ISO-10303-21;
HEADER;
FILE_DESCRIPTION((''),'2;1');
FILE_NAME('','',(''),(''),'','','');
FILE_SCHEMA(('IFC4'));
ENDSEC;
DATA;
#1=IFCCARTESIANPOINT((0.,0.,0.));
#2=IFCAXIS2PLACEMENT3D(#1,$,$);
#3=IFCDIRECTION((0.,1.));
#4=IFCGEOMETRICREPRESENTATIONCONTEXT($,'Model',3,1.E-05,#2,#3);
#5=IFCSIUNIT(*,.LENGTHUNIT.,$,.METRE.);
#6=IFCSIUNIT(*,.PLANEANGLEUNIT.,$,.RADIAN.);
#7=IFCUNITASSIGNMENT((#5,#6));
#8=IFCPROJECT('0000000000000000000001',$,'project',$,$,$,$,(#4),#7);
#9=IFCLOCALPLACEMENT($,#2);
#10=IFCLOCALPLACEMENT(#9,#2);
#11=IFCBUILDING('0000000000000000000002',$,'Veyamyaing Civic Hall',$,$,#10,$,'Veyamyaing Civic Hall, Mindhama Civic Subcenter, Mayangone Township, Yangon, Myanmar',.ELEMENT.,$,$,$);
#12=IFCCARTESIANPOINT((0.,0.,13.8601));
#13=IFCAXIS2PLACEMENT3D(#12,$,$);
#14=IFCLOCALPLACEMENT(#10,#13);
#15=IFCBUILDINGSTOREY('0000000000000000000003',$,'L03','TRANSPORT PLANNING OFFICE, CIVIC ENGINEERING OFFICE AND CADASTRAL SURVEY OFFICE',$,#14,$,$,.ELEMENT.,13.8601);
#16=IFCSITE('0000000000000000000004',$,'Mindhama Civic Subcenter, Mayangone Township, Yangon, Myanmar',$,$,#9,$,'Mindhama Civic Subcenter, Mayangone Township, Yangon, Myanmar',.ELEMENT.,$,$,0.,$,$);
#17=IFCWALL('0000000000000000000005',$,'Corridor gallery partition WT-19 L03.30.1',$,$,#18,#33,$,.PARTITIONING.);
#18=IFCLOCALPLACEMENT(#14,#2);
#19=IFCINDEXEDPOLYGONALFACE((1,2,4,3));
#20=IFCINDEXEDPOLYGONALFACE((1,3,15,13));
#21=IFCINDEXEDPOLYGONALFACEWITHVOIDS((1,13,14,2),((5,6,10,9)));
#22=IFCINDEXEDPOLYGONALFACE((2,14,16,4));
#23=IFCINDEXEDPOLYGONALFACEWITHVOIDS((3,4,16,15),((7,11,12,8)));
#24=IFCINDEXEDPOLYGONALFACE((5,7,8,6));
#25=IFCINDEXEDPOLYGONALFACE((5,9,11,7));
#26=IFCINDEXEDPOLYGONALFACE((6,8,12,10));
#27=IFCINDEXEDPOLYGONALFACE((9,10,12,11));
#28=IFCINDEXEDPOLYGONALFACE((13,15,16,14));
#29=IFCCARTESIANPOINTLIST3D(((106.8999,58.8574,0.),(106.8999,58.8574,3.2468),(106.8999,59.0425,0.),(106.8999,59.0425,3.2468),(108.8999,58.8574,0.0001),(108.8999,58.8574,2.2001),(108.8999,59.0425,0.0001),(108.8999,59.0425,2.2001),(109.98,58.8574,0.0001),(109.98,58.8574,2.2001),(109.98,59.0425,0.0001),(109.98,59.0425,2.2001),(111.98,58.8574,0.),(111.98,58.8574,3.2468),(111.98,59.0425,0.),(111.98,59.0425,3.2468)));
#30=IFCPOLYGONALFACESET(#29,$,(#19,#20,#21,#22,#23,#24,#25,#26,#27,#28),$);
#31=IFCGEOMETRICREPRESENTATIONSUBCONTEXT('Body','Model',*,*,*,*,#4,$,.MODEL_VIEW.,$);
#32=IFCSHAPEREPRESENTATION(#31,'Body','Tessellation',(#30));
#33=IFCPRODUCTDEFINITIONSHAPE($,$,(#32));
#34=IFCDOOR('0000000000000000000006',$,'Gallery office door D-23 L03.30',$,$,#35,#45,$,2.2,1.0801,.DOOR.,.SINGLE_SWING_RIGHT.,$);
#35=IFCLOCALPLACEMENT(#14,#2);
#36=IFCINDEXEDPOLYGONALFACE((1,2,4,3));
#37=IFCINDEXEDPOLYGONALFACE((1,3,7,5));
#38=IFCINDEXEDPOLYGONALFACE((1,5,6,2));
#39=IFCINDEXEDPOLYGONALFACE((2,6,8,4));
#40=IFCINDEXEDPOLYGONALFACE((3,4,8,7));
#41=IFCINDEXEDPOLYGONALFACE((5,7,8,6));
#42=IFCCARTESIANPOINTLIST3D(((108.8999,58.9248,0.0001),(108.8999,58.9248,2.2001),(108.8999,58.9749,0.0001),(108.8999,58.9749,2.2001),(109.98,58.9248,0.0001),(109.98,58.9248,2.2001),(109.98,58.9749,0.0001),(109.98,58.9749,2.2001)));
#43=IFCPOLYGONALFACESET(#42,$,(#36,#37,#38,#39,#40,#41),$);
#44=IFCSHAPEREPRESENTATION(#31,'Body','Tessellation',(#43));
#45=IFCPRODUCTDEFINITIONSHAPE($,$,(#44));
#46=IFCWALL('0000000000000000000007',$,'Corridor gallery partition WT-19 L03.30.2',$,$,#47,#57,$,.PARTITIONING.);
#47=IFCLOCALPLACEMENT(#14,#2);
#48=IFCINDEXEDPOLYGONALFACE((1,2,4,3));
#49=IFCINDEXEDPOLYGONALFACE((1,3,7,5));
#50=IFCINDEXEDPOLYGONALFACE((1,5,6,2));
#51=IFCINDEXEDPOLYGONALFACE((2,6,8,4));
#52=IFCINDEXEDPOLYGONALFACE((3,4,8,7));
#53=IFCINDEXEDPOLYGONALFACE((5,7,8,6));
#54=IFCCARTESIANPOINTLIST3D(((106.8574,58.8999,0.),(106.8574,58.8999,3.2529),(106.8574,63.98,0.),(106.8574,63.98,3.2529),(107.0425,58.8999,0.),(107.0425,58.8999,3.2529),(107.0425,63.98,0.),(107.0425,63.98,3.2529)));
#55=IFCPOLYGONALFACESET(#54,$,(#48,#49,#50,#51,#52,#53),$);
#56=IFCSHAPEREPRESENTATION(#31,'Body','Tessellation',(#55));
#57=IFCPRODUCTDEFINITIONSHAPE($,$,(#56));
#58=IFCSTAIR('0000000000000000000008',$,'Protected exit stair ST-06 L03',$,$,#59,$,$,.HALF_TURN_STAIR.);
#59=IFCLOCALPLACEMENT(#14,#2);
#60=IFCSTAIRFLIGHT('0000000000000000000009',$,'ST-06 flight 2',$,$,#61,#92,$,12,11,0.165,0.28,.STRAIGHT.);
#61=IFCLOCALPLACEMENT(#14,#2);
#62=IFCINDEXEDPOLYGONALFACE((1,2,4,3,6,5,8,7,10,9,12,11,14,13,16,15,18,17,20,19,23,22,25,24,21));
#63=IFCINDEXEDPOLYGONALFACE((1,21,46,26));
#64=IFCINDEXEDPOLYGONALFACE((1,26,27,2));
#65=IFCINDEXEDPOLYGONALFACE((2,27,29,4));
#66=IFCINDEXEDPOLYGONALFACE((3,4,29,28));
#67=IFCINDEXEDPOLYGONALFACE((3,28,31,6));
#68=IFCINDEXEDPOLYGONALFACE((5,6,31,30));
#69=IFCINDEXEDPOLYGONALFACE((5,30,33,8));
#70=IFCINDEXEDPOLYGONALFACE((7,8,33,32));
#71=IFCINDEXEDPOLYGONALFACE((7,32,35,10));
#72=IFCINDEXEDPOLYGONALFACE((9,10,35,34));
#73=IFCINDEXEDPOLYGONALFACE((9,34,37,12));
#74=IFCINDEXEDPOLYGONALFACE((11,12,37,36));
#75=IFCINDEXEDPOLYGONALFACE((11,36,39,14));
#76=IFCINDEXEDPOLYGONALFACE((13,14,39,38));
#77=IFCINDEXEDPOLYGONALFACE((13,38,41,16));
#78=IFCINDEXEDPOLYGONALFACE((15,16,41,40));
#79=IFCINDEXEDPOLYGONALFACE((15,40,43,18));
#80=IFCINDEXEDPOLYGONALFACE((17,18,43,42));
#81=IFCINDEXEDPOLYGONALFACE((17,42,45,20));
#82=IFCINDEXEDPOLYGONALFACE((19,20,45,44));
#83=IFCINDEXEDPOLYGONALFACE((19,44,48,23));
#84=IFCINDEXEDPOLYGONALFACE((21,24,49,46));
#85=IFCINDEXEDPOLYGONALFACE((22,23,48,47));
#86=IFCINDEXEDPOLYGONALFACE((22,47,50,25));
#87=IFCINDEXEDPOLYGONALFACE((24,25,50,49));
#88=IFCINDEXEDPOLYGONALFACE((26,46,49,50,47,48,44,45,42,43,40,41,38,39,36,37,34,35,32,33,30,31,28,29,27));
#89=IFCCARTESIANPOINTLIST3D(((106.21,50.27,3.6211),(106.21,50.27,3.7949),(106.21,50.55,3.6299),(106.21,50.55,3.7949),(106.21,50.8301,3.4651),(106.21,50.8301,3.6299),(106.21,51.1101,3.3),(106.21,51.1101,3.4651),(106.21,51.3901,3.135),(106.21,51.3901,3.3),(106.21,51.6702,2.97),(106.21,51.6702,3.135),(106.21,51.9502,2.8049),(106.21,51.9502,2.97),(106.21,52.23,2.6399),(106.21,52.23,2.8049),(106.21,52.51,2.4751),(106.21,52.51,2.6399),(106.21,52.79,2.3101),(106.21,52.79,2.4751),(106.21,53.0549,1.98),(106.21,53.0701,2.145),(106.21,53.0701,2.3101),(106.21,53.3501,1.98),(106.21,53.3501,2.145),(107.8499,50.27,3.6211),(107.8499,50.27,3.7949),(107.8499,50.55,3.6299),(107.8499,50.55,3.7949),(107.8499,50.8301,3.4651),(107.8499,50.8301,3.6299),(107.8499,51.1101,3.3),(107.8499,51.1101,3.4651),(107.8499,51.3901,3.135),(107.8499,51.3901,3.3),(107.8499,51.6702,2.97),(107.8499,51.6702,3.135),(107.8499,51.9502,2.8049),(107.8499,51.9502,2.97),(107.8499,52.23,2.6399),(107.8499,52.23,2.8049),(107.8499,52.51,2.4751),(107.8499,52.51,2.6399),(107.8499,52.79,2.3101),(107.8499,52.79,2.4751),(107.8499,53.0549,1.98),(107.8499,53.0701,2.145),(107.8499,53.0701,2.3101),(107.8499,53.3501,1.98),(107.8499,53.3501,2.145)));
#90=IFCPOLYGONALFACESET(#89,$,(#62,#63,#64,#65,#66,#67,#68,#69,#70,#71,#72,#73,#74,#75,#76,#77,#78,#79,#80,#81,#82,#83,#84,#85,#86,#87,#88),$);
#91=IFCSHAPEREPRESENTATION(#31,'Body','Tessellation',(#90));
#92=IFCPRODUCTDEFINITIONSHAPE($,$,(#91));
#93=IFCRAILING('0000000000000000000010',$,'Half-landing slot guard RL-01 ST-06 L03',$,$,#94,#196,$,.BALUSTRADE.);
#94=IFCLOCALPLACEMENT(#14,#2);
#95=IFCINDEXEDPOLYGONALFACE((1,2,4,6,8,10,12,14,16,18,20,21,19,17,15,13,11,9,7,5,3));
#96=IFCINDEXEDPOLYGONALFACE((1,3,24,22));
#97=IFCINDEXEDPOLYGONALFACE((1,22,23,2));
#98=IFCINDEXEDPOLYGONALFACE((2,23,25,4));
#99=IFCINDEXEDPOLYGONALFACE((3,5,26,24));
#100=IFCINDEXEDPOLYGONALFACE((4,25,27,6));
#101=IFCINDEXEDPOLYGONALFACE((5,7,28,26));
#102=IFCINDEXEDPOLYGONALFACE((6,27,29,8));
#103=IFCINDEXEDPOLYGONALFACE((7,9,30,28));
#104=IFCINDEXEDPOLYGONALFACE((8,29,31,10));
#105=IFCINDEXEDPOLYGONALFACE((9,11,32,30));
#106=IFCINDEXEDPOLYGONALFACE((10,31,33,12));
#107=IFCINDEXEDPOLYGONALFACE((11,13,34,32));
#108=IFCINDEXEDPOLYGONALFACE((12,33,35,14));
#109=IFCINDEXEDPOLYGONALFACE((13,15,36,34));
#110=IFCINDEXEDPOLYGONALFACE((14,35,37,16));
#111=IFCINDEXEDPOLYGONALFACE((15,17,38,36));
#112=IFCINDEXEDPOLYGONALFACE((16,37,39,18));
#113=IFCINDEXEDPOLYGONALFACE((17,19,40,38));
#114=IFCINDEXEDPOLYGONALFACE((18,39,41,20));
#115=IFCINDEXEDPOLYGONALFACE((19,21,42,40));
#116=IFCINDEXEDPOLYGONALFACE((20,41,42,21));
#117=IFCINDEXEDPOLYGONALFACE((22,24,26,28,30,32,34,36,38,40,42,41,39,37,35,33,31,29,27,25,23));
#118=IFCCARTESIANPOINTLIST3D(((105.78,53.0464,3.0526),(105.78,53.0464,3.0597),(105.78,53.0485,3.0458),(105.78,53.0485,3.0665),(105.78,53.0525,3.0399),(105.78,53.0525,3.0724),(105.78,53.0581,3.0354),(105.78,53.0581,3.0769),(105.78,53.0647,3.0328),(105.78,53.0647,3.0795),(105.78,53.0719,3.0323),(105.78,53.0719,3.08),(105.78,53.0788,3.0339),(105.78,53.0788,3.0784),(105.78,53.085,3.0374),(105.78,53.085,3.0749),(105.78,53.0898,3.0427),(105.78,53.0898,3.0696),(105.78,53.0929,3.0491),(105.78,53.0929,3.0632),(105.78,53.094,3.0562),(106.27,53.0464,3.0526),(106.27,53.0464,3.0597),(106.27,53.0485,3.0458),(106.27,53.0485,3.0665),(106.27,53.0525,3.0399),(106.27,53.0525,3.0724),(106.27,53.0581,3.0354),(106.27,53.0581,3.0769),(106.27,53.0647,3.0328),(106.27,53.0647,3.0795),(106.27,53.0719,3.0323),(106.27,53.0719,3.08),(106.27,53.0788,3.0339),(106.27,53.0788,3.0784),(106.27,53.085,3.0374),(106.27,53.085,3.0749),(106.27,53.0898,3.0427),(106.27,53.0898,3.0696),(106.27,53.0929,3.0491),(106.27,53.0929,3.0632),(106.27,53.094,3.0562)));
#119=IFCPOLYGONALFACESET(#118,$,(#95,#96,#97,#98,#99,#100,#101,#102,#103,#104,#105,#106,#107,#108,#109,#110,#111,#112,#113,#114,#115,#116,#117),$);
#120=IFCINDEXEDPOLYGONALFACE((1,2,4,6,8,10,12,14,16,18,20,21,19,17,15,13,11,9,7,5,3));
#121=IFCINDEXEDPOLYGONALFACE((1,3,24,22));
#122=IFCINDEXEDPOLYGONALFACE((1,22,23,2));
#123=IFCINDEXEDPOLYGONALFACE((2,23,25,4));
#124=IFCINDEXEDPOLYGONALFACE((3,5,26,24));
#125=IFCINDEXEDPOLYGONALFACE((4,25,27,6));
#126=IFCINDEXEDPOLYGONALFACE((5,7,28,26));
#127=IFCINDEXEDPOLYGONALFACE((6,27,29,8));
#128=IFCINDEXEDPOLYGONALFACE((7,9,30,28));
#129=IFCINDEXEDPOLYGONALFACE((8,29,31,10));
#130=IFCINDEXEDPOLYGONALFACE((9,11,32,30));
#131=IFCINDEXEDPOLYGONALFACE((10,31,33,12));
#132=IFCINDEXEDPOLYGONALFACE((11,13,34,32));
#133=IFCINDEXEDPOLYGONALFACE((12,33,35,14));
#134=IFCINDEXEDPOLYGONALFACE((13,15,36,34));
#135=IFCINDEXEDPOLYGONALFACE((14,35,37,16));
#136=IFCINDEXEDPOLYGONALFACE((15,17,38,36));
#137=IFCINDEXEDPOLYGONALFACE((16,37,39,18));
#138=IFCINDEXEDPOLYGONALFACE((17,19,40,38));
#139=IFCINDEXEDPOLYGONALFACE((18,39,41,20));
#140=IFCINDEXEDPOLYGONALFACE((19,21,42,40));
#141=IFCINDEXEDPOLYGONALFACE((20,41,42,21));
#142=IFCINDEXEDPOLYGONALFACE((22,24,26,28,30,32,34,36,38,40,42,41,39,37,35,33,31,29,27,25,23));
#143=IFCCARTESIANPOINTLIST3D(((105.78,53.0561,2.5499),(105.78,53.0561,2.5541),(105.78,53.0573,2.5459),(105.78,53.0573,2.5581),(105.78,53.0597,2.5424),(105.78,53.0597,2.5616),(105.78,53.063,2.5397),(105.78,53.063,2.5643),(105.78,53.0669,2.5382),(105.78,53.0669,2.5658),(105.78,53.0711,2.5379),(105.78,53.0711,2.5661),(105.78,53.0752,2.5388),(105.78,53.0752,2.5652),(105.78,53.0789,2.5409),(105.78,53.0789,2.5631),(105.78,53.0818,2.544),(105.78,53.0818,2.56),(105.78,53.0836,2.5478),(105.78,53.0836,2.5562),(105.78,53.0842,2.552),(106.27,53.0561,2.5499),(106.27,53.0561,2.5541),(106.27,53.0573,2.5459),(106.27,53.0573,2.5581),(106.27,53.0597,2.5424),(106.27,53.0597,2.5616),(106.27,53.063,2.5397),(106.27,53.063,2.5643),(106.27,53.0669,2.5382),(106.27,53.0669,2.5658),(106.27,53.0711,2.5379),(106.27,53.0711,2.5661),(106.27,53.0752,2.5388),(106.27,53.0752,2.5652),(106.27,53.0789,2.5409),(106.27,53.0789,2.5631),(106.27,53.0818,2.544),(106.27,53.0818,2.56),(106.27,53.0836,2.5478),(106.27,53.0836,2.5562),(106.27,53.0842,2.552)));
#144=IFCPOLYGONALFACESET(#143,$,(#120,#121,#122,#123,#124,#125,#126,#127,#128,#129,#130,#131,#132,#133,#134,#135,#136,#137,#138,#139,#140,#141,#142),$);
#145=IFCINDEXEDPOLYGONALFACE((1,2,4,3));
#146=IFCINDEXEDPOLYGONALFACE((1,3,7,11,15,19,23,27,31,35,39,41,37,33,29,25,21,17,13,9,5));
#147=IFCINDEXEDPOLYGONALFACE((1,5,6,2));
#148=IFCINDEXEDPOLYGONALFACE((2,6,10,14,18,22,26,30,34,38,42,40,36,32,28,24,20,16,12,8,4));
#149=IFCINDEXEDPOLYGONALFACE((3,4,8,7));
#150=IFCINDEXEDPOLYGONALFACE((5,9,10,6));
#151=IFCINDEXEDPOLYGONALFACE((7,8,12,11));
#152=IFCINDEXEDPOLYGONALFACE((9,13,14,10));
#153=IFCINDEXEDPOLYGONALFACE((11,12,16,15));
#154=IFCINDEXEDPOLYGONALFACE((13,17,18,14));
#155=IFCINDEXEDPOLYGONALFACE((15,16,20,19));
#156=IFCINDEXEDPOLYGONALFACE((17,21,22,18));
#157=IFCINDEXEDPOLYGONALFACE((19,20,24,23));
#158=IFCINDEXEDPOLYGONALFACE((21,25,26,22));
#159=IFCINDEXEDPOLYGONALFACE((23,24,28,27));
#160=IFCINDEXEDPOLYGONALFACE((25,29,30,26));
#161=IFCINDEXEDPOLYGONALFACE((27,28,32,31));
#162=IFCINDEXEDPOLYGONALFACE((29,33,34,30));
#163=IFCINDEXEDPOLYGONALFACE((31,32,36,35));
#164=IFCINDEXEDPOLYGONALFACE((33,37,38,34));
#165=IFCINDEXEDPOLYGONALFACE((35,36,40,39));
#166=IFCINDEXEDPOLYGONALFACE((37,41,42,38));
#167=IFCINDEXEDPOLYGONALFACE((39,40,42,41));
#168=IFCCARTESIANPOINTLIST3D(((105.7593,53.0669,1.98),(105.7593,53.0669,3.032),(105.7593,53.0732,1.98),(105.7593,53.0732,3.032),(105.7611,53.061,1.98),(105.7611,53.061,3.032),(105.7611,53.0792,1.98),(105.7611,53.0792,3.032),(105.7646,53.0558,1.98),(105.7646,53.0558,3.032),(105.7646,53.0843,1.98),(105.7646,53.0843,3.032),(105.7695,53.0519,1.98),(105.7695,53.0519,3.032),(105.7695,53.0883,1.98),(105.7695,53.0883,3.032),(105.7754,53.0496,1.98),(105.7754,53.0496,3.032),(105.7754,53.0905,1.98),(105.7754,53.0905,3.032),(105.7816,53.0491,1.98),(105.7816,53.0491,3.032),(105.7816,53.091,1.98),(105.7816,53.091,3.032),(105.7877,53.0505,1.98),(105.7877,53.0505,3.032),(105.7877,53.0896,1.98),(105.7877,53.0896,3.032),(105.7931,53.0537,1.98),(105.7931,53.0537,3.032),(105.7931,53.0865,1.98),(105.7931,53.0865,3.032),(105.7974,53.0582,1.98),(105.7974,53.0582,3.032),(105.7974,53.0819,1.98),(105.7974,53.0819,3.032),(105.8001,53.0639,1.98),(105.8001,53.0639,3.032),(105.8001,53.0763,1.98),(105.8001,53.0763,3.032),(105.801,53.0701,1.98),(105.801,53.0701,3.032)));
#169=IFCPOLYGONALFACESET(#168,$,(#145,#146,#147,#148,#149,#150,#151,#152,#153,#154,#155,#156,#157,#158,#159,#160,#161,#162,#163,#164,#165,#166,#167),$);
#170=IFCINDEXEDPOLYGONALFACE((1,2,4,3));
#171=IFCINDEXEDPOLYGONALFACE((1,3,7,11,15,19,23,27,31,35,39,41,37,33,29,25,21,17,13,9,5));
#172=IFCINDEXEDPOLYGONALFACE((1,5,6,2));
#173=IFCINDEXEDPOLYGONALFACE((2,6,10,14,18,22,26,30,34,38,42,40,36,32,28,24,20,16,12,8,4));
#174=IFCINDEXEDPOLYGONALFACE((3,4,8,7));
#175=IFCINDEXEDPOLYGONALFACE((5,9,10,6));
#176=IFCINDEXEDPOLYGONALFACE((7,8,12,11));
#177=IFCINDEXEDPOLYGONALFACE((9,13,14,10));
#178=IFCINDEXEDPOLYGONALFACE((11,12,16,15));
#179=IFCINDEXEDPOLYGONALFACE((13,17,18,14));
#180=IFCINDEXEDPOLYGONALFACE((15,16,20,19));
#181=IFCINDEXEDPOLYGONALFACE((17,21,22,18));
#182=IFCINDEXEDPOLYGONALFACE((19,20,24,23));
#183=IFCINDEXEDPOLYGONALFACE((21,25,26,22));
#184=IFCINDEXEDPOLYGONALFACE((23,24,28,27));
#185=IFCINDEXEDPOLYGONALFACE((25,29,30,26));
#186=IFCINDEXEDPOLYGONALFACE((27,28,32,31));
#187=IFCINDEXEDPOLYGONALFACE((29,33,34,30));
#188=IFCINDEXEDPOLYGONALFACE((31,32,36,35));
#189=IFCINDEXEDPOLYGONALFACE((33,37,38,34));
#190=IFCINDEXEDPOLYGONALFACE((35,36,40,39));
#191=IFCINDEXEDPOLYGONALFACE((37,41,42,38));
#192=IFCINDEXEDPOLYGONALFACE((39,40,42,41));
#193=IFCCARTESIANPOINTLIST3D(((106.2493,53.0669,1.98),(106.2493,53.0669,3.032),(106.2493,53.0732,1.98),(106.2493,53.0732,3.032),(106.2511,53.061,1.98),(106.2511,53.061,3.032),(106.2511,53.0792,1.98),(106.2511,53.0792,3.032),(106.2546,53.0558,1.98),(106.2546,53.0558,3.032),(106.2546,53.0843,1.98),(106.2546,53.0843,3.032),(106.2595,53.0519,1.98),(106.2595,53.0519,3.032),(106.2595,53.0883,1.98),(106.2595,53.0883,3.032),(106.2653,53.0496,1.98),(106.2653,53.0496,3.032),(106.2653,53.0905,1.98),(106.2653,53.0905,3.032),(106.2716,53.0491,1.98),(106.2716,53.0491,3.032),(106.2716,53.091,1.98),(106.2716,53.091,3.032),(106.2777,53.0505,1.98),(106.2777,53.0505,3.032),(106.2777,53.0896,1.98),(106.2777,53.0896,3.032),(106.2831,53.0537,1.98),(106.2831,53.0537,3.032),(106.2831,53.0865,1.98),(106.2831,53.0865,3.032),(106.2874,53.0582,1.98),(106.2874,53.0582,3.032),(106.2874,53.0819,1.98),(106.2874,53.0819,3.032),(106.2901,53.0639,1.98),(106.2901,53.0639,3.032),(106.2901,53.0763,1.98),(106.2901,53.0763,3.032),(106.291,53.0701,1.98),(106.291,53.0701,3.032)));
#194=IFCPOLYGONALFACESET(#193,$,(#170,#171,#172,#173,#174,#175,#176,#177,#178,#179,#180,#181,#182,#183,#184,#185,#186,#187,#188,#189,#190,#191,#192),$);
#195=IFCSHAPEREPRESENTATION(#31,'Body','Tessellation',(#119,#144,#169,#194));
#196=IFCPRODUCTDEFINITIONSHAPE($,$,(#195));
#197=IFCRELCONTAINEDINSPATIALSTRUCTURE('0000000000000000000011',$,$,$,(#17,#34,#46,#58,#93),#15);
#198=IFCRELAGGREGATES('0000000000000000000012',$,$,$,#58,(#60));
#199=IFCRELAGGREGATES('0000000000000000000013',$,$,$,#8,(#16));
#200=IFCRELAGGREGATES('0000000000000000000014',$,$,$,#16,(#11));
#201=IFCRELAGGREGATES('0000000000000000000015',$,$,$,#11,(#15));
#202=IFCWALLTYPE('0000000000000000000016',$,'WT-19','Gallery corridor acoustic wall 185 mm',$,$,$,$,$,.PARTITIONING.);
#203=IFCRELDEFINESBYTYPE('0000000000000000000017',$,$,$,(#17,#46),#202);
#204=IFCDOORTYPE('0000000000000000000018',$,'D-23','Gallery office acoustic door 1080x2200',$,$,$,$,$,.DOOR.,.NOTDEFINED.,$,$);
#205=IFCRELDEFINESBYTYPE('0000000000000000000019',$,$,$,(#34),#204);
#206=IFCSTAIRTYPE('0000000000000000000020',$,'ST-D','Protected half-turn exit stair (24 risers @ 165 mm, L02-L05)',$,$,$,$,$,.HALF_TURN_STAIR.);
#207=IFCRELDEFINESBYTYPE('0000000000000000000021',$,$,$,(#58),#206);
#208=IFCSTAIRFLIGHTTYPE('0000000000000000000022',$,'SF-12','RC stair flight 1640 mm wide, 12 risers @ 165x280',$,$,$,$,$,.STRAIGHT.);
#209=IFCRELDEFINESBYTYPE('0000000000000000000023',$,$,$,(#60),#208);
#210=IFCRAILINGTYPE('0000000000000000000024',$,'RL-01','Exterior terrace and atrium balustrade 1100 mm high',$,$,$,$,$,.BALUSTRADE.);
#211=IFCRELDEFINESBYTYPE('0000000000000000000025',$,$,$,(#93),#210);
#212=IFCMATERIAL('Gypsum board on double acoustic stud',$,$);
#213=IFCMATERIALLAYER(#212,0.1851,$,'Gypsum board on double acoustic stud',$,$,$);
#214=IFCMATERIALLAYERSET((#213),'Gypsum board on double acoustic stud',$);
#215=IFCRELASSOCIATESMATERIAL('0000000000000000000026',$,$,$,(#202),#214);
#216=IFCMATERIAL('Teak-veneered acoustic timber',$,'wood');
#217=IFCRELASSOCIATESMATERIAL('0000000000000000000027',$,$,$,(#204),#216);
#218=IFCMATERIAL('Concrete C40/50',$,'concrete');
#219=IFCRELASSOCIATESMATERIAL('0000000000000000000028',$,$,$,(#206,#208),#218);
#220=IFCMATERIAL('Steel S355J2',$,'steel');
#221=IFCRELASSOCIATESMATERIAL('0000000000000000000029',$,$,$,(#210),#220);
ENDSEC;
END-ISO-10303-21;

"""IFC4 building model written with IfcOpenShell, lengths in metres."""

from ifc_helpers import new_model, si_unit, direction, frame, frame_2d, origin, origin_2d, place, context, subcontext, project, spatial, polyline, rectangle, circle, outline, extrude, material, layer, layer_set, type_object, element, fill, aggregate, save


model = new_model("IFC4")

# Units and contexts
model_context = context("Model", 3, precision=1e-05, world=origin(), true_north=direction((0.0, 1.0)))
body_context = subcontext(model_context, "Body", "Model", "MODEL_VIEW")
ifc_project = project(units=[si_unit("LENGTHUNIT", "METRE"), si_unit("PLANEANGLEUNIT", "RADIAN")], contexts=[model_context])

# Site, building, storey
site_placement = place(None, origin())
site = spatial("IfcSite", under=ifc_project, at=site_placement, Name="Mindhama Civic Subcenter, Mayangone Township, Yangon, Myanmar", LongName="Mindhama Civic Subcenter, Mayangone Township, Yangon, Myanmar", CompositionType="ELEMENT", RefElevation=0.0)
building_placement = place(site_placement, origin())
building = spatial("IfcBuilding", under=site, at=building_placement, Name="Veyamyaing Civic Hall", LongName="Veyamyaing Civic Hall, Mindhama Civic Subcenter, Mayangone Township, Yangon, Myanmar", CompositionType="ELEMENT")
storey_placement = place(building_placement, frame((0.0, 0.0, 13.8601)))
storey = spatial("IfcBuildingStorey", under=building, at=storey_placement, Name="L03", Description="TRANSPORT PLANNING OFFICE, CIVIC ENGINEERING OFFICE AND CADASTRAL SURVEY OFFICE", CompositionType="ELEMENT", Elevation=13.8601)

# Shared definitions
ifc_material_1 = material(Name="Concrete C40/50", Category="concrete")

# Wall, opening, door
ifc_material_2 = material(Name="Gypsum board on double acoustic stud")
ifc_layer_1 = layer(ifc_material_2, 0.1851, Name="Gypsum board on double acoustic stud")
ifc_layer_set_1 = layer_set([ifc_layer_1], Name="Gypsum board on double acoustic stud")
wall_type_1 = type_object("IfcWallType", Name="WT-19", Description="Gallery corridor acoustic wall 185 mm", PredefinedType="PARTITIONING", material=ifc_layer_set_1)
wall_1_placement = place(storey_placement, frame((106.8999, 58.95, 0.0), z_axis=(0.0, 0.0, 1.0), x_axis=(1.0, 0.0, 0.0)))
wall_1 = element("IfcWall", 1, at=wall_1_placement, inside=storey, type_object=wall_type_1, Name="Corridor gallery partition WT-19 L03.30.1", PredefinedType="PARTITIONING", context=body_context, shape_type="SweptSolid", body=[
    extrude(rectangle(XDim=5.0801, YDim=0.1851, at=frame_2d((2.54, 0.0))), origin(), (0.0, 0.0, 1.0), 3.2468),
])
opening_1_placement = place(wall_1_placement, frame((2.0, 0.0, 0.0)))
opening_1 = element("IfcOpeningElement", 2, at=opening_1_placement, cuts=wall_1, PredefinedType="OPENING", context=body_context, shape_type="SweptSolid", body=[
    extrude(rectangle(XDim=1.0801, YDim=2.2, at=frame_2d((0.54, 1.1001))), frame((0.0, 0.1025, 0.0), z_axis=(0.0, -1.0, 0.0), x_axis=(1.0, 0.0, 0.0)), (0.0, 0.0, 1.0), 0.2051),
])
ifc_material_3 = material(Name="Teak-veneered acoustic timber", Category="wood")
door_type_1 = type_object("IfcDoorType", Name="D-23", Description="Gallery office acoustic door 1080x2200", OperationType="NOTDEFINED", PredefinedType="DOOR", material=ifc_material_3)
door_1_placement = place(opening_1_placement, origin())
door_1 = element("IfcDoor", 3, at=door_1_placement, inside=storey, type_object=door_type_1, Name="Gallery office door D-23 L03.30", OperationType="SINGLE_SWING_RIGHT", OverallHeight=2.2, OverallWidth=1.0801, PredefinedType="DOOR", context=body_context, shape_type="SweptSolid", body=[
    extrude(rectangle(XDim=1.0801, YDim=2.2, at=frame_2d((0.54, 1.1001))), frame((0.0, 0.0249, 0.0), z_axis=(0.0, -1.0, 0.0), x_axis=(1.0, 0.0, 0.0)), (0.0, 0.0, 1.0), 0.05),
])
fill(opening_1, door_1)

# Wall
wall_2_placement = place(storey_placement, frame((106.95, 58.8999, 0.0), z_axis=(0.0, 0.0, 1.0), x_axis=(0.0, 1.0, 0.0)))
element("IfcWall", 4, at=wall_2_placement, inside=storey, type_object=wall_type_1, Name="Corridor gallery partition WT-19 L03.30.2", PredefinedType="PARTITIONING", context=body_context, shape_type="SweptSolid", body=[
    extrude(rectangle(XDim=5.0801, YDim=0.1851, at=frame_2d((2.54, 0.0))), origin(), (0.0, 0.0, 1.0), 3.2529),
])

# Stair, stair flight
stair_type = type_object("IfcStairType", Name="ST-D", Description="Protected half-turn exit stair (24 risers @ 165 mm, L02-L05)", PredefinedType="HALF_TURN_STAIR", material=ifc_material_1)
stair_placement = place(storey_placement, origin())
stair = element("IfcStair", 5, at=stair_placement, inside=storey, type_object=stair_type, Name="Protected exit stair ST-06 L03", PredefinedType="HALF_TURN_STAIR")
stair_flight_type = type_object("IfcStairFlightType", Name="SF-12", Description="RC stair flight 1640 mm wide, 12 risers @ 165x280", PredefinedType="STRAIGHT", material=ifc_material_1)
stair_flight_placement = place(storey_placement, frame((107.03, 53.3501, 1.98), z_axis=(0.0, 0.0, 1.0), x_axis=(0.0, -1.0, 0.0)))
stair_flight = element("IfcStairFlight", 6, at=stair_flight_placement, type_object=stair_flight_type, Name="ST-06 flight 2", NumberOfRisers=12, NumberOfTreads=11, PredefinedType="STRAIGHT", RiserHeight=0.165, TreadLength=0.28, context=body_context, shape_type="SweptSolid", body=[
    extrude(outline(polyline([(0.0, 0.0), (0.0, 0.165), (0.28, 0.165), (0.28, 0.3301), (0.5601, 0.3301), (0.5601, 0.4951), (0.8401, 0.4951), (0.8401, 0.6599), (1.1201, 0.6599), (1.1201, 0.825), (1.3999, 0.825), (1.3999, 0.99), (1.6799, 0.99), (1.6799, 1.155), (1.96, 1.155), (1.96, 1.3201), (2.24, 1.3201), (2.24, 1.4851), (2.52, 1.4851), (2.52, 1.6499), (2.8, 1.6499), (2.8, 1.8149), (3.0801, 1.8149), (3.0801, 1.98), (3.0801, 1.6411), (0.2952, 0.0), (0.0, 0.0)])), frame((0.0, 0.8198, 0.0), z_axis=(0.0, -1.0, 0.0), x_axis=(1.0, 0.0, 0.0)), (0.0, 0.0, 1.0), 1.6399),
])
aggregate(stair, [stair_flight])

# Railing
ifc_material_4 = material(Name="Steel S355J2", Category="steel")
railing_type_1 = type_object("IfcRailingType", Name="RL-01", Description="Exterior terrace and atrium balustrade 1100 mm high", PredefinedType="BALUSTRADE", material=ifc_material_4)
railing_1_placement = place(storey_placement, frame((105.78, 53.0701, 1.98)))
element("IfcRailing", 7, at=railing_1_placement, inside=storey, type_object=railing_type_1, Name="Half-landing slot guard RL-01 ST-06 L03", PredefinedType="BALUSTRADE", context=body_context, shape_type="SweptSolid", body=[
    extrude(circle(Radius=0.0239, at=origin_2d()), frame((0.0, 0.0, 1.0762), z_axis=(1.0, 0.0, 0.0), x_axis=(0.0, 1.0, 0.0)), (0.0, 0.0, 1.0), 0.49),
    extrude(circle(Radius=0.0142, at=origin_2d()), frame((0.0, 0.0, 0.572), z_axis=(1.0, 0.0, 0.0), x_axis=(0.0, 1.0, 0.0)), (0.0, 0.0, 1.0), 0.49),
    extrude(circle(Radius=0.021, at=origin_2d()), origin(), (0.0, 0.0, 1.0), 1.052),
    extrude(circle(Radius=0.021, at=origin_2d()), frame((0.49, 0.0, 0.0)), (0.0, 0.0, 1.0), 1.052),
])

save(model, "model.ifc")
